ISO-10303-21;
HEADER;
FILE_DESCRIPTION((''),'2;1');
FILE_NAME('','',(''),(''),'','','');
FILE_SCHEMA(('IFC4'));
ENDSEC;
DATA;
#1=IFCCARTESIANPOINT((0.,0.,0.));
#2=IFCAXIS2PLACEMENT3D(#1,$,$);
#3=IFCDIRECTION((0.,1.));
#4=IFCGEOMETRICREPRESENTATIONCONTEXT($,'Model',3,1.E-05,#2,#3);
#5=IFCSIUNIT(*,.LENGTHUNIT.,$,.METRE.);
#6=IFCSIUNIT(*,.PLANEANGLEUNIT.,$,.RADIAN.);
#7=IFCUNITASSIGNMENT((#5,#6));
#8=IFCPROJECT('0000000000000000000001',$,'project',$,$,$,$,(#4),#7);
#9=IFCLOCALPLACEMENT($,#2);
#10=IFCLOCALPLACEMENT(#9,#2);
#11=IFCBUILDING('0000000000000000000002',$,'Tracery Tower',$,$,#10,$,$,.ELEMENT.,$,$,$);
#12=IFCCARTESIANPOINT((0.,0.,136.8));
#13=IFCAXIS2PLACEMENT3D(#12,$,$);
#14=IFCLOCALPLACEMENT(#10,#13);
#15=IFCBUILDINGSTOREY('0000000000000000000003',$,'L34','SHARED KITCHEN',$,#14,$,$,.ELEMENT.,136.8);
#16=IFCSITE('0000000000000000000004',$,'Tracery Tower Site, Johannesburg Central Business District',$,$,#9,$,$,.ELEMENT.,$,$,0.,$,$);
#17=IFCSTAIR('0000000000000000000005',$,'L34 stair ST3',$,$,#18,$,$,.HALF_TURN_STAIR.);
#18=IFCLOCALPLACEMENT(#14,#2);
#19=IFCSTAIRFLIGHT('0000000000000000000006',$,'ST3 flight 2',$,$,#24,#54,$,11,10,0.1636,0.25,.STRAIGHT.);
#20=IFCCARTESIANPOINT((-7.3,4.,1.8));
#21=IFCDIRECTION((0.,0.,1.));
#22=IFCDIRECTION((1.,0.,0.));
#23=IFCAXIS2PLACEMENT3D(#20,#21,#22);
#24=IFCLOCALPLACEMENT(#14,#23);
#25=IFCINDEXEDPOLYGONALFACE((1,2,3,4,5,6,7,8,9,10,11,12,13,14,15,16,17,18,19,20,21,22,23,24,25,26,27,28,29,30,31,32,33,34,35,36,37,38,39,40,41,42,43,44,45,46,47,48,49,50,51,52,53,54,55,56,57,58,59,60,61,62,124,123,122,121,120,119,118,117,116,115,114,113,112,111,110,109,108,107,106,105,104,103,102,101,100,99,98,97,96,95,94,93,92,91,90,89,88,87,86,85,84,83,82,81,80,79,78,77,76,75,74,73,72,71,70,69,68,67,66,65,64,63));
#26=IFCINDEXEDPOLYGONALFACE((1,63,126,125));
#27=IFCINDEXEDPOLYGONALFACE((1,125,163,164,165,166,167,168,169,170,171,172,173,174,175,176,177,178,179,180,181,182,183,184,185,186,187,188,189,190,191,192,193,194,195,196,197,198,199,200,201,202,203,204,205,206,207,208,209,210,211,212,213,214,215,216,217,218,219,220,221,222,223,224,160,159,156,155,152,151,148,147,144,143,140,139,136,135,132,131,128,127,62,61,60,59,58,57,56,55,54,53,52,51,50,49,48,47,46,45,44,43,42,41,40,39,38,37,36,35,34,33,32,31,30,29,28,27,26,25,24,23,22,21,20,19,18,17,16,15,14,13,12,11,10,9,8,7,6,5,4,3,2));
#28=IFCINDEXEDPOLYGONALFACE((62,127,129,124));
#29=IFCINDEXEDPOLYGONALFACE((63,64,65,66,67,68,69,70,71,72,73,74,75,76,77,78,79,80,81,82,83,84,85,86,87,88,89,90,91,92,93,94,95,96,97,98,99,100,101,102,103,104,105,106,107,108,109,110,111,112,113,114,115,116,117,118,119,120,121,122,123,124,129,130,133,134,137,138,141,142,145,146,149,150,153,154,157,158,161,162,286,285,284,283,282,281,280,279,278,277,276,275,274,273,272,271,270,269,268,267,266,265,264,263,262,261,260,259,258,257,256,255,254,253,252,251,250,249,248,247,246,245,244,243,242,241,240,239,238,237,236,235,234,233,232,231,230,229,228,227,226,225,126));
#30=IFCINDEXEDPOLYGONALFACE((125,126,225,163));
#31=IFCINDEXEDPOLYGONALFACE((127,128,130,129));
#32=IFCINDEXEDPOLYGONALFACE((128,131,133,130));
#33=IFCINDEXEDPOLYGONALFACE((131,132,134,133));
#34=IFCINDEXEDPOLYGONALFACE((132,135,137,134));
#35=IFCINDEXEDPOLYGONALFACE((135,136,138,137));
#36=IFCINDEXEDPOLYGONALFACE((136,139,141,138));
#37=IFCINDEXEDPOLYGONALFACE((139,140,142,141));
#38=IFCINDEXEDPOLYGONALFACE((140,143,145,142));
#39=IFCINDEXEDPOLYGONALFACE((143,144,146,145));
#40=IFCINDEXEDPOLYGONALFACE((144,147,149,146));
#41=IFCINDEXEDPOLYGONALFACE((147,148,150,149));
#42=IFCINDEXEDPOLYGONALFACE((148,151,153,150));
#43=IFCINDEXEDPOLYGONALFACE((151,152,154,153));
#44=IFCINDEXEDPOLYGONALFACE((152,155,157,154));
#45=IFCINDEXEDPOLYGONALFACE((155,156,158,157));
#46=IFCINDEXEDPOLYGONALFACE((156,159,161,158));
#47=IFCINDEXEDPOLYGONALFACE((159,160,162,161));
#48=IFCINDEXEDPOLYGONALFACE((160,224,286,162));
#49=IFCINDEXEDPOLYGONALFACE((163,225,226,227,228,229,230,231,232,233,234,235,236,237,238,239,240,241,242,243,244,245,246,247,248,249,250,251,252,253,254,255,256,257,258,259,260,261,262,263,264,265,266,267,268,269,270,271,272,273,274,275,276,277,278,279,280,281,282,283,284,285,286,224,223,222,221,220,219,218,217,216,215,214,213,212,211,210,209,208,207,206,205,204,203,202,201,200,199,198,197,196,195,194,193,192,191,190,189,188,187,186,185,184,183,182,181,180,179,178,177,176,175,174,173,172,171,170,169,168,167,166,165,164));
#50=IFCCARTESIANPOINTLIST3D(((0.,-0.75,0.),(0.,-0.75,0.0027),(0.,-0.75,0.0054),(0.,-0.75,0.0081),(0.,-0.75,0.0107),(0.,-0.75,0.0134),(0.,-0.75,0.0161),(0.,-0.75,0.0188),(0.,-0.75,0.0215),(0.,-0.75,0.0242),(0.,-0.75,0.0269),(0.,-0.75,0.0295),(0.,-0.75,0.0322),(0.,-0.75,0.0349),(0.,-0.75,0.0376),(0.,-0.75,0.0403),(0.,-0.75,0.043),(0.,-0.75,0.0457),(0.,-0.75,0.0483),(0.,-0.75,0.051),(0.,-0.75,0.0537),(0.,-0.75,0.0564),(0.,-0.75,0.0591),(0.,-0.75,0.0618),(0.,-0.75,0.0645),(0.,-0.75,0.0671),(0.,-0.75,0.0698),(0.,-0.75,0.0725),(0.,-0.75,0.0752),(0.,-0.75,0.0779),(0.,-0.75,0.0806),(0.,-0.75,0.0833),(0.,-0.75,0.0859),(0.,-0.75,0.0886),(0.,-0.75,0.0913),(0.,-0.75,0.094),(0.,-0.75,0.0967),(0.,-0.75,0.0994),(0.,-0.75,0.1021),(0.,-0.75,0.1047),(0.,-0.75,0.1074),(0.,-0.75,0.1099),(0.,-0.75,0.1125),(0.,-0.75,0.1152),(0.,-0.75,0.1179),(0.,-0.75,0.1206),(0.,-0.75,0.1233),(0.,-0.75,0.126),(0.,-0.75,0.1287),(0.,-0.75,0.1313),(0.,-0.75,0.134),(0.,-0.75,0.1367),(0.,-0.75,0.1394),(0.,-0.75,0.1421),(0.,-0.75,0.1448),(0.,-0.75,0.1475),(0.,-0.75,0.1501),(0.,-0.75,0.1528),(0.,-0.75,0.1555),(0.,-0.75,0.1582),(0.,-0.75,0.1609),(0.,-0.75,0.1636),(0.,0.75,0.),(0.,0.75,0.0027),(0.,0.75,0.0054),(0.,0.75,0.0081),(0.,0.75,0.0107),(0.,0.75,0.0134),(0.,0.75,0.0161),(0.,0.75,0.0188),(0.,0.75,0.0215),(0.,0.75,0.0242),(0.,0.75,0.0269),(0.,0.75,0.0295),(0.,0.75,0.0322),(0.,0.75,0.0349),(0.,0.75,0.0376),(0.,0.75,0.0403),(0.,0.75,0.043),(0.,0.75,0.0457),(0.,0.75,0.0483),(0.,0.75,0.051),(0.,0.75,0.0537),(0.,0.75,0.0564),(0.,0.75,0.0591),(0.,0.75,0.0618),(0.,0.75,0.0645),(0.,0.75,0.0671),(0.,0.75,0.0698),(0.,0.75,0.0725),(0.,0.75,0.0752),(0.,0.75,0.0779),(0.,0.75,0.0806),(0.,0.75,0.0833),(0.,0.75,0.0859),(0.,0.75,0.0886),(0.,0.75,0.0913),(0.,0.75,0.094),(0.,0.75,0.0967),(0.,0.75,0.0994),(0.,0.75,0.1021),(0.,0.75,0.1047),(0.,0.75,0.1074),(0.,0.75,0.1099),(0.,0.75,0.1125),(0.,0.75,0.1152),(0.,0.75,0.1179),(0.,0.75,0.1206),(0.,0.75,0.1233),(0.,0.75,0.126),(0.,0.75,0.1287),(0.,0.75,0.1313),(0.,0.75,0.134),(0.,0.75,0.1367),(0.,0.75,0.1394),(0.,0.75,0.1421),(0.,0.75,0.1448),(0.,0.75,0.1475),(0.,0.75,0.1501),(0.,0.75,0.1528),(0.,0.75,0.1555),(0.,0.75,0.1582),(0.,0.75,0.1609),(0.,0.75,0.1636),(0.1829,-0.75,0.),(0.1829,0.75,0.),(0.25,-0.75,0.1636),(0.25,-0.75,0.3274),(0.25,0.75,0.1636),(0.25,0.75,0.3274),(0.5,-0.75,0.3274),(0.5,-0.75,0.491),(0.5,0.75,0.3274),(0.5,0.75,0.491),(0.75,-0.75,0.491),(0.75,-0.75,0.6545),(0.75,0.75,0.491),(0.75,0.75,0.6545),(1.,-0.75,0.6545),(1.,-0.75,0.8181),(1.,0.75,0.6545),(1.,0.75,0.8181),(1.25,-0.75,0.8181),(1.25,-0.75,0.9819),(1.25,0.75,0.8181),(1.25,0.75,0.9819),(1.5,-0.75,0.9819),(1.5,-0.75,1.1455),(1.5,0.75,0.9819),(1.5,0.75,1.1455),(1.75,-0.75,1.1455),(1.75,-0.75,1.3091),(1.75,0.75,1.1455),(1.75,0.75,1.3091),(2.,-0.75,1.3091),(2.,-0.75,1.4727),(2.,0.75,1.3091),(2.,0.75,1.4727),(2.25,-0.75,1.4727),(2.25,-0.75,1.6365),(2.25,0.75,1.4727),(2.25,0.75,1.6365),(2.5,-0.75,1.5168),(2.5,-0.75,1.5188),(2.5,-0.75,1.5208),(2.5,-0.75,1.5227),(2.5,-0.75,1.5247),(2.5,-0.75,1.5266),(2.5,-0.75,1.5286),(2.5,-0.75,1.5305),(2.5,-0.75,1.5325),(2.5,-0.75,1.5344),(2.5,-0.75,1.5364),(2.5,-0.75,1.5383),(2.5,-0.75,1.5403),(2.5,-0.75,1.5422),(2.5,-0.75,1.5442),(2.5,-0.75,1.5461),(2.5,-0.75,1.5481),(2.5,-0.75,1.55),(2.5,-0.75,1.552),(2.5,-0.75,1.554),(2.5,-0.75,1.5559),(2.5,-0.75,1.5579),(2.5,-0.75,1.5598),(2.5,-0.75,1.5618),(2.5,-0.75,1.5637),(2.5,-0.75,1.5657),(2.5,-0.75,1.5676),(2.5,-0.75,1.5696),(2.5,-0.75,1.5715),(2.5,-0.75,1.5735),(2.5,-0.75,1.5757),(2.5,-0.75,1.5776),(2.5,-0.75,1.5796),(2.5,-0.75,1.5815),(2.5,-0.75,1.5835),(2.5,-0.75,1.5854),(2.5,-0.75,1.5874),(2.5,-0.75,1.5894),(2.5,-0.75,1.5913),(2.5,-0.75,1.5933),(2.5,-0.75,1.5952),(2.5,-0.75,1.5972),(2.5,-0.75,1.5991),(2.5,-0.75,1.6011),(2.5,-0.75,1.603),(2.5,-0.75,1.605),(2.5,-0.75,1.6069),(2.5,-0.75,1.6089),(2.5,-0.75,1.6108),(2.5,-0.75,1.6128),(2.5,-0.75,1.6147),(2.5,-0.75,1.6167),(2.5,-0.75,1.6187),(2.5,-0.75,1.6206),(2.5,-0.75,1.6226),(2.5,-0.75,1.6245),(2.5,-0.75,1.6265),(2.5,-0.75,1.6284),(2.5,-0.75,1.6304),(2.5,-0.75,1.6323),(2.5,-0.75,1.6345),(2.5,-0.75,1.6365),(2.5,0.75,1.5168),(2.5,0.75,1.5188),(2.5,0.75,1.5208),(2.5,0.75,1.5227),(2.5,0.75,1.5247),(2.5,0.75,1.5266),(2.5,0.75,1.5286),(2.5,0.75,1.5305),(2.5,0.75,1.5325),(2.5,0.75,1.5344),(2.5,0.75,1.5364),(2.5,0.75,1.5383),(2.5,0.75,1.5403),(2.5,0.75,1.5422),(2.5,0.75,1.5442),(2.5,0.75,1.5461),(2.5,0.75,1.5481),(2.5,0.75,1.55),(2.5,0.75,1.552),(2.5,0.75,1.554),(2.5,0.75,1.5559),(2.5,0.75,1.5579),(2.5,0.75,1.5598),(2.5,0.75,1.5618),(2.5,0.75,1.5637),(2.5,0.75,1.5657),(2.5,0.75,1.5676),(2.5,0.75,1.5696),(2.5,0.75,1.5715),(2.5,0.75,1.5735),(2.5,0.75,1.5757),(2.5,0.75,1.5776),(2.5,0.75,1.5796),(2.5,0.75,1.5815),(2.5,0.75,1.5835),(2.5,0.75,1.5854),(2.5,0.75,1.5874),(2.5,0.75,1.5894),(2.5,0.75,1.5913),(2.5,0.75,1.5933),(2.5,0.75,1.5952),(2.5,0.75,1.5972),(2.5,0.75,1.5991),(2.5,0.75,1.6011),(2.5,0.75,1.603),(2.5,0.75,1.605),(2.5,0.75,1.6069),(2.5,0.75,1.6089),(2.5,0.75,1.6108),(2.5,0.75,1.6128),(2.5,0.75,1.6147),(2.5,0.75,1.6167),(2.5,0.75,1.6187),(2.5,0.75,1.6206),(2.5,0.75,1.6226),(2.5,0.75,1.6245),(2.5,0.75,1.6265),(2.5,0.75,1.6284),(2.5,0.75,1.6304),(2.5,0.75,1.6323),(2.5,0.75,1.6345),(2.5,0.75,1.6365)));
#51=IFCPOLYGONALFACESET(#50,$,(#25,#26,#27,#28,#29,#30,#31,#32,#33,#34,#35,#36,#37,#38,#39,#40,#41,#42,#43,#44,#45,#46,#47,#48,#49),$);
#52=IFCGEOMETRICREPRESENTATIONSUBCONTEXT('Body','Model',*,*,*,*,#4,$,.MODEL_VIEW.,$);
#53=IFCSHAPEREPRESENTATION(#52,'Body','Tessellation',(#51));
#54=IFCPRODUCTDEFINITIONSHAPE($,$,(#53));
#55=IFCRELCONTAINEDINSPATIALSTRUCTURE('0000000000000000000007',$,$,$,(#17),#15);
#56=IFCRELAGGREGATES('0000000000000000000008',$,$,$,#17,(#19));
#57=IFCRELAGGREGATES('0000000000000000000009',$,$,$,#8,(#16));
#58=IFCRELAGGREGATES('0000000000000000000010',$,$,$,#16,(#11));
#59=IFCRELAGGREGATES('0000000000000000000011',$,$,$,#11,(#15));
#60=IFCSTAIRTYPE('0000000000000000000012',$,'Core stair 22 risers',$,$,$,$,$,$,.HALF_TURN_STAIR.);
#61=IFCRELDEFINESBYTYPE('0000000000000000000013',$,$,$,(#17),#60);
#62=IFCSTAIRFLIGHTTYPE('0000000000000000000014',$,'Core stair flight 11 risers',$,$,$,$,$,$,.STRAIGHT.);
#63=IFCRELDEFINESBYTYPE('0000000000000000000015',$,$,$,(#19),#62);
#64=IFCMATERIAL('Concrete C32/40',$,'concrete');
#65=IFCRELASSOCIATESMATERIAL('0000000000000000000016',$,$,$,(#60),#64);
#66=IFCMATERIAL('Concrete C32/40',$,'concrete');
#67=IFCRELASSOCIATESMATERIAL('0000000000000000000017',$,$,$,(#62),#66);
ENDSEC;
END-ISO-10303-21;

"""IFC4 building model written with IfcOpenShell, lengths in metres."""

from ifc_helpers import new_model, si_unit, direction, frame, origin, place, context, subcontext, project, spatial, polyline, outline, extrude, material, type_object, element, aggregate, save


model = new_model("IFC4")

# Units and contexts
model_context = context("Model", 3, precision=1e-05, world=origin(), true_north=direction((0.0, 1.0)))
body_context = subcontext(model_context, "Body", "Model", "MODEL_VIEW")
ifc_project = project(units=[si_unit("LENGTHUNIT", "METRE"), si_unit("PLANEANGLEUNIT", "RADIAN")], contexts=[model_context])

# Site, building, storey
site_placement = place(None, origin())
site = spatial("IfcSite", under=ifc_project, at=site_placement, Name="Tracery Tower Site, Johannesburg Central Business District", CompositionType="ELEMENT", RefElevation=0.0)
building_placement = place(site_placement, origin())
building = spatial("IfcBuilding", under=site, at=building_placement, Name="Tracery Tower", CompositionType="ELEMENT")
storey_placement = place(building_placement, frame((0.0, 0.0, 136.8)))
storey = spatial("IfcBuildingStorey", under=building, at=storey_placement, Name="L34", Description="SHARED KITCHEN", CompositionType="ELEMENT", Elevation=136.8)

# Stair, stair flight
ifc_material_1 = material(Name="Concrete C32/40", Category="concrete")
stair_type = type_object("IfcStairType", Name="Core stair 22 risers", PredefinedType="HALF_TURN_STAIR", material=ifc_material_1)
stair_placement = place(storey_placement, origin())
stair = element("IfcStair", 1, at=stair_placement, inside=storey, type_object=stair_type, Name="L34 stair ST3", PredefinedType="HALF_TURN_STAIR")
ifc_material_2 = material(Name="Concrete C32/40", Category="concrete")
stair_flight_type = type_object("IfcStairFlightType", Name="Core stair flight 11 risers", PredefinedType="STRAIGHT", material=ifc_material_2)
stair_flight_1_placement = place(storey_placement, frame((-7.3, 4.0, 1.8), z_axis=(0.0, 0.0, 1.0), x_axis=(1.0, 0.0, 0.0)))
stair_flight_1 = element("IfcStairFlight", 2, at=stair_flight_1_placement, type_object=stair_flight_type, Name="ST3 flight 2", NumberOfRisers=11, NumberOfTreads=10, PredefinedType="STRAIGHT", RiserHeight=0.1636, TreadLength=0.25, context=body_context, shape_type="SweptSolid", body=[
    extrude(outline(polyline([(0.0, 0.0), (0.0, 0.0027), (0.0, 0.0054), (0.0, 0.0081), (0.0, 0.0107), (0.0, 0.0134), (0.0, 0.0161), (0.0, 0.0188), (0.0, 0.0215), (0.0, 0.0242), (0.0, 0.0269), (0.0, 0.0295), (0.0, 0.0322), (0.0, 0.0349), (0.0, 0.0376), (0.0, 0.0403), (0.0, 0.043), (0.0, 0.0457), (0.0, 0.0483), (0.0, 0.051), (0.0, 0.0537), (0.0, 0.0564), (0.0, 0.0591), (0.0, 0.0618), (0.0, 0.0645), (0.0, 0.0671), (0.0, 0.0698), (0.0, 0.0725), (0.0, 0.0752), (0.0, 0.0779), (0.0, 0.0806), (0.0, 0.0833), (0.0, 0.0859), (0.0, 0.0886), (0.0, 0.0913), (0.0, 0.094), (0.0, 0.0967), (0.0, 0.0994), (0.0, 0.1021), (0.0, 0.1047), (0.0, 0.1074), (0.0, 0.1099), (0.0, 0.1125), (0.0, 0.1152), (0.0, 0.1179), (0.0, 0.1206), (0.0, 0.1233), (0.0, 0.126), (0.0, 0.1287), (0.0, 0.1313), (0.0, 0.134), (0.0, 0.1367), (0.0, 0.1394), (0.0, 0.1421), (0.0, 0.1448), (0.0, 0.1475), (0.0, 0.1501), (0.0, 0.1528), (0.0, 0.1555), (0.0, 0.1582), (0.0, 0.1609), (0.0, 0.1636), (0.25, 0.1636), (0.25, 0.3274), (0.5, 0.3274), (0.5, 0.491), (0.75, 0.491), (0.75, 0.6545), (1.0, 0.6545), (1.0, 0.8181), (1.25, 0.8181), (1.25, 0.9819), (1.5, 0.9819), (1.5, 1.1455), (1.75, 1.1455), (1.75, 1.3091), (2.0, 1.3091), (2.0, 1.4727), (2.25, 1.4727), (2.25, 1.6365), (2.5, 1.6365), (2.5, 1.6345), (2.5, 1.6323), (2.5, 1.6304), (2.5, 1.6284), (2.5, 1.6265), (2.5, 1.6245), (2.5, 1.6226), (2.5, 1.6206), (2.5, 1.6187), (2.5, 1.6167), (2.5, 1.6147), (2.5, 1.6128), (2.5, 1.6108), (2.5, 1.6089), (2.5, 1.6069), (2.5, 1.605), (2.5, 1.603), (2.5, 1.6011), (2.5, 1.5991), (2.5, 1.5972), (2.5, 1.5952), (2.5, 1.5933), (2.5, 1.5913), (2.5, 1.5894), (2.5, 1.5874), (2.5, 1.5854), (2.5, 1.5835), (2.5, 1.5815), (2.5, 1.5796), (2.5, 1.5776), (2.5, 1.5757), (2.5, 1.5735), (2.5, 1.5715), (2.5, 1.5696), (2.5, 1.5676), (2.5, 1.5657), (2.5, 1.5637), (2.5, 1.5618), (2.5, 1.5598), (2.5, 1.5579), (2.5, 1.5559), (2.5, 1.554), (2.5, 1.552), (2.5, 1.55), (2.5, 1.5481), (2.5, 1.5461), (2.5, 1.5442), (2.5, 1.5422), (2.5, 1.5403), (2.5, 1.5383), (2.5, 1.5364), (2.5, 1.5344), (2.5, 1.5325), (2.5, 1.5305), (2.5, 1.5286), (2.5, 1.5266), (2.5, 1.5247), (2.5, 1.5227), (2.5, 1.5208), (2.5, 1.5188), (2.5, 1.5168), (0.1829, 0.0), (0.0, 0.0)])), frame((0.0, 0.75, 0.0), z_axis=(0.0, -1.0, 0.0), x_axis=(1.0, 0.0, 0.0)), (0.0, 0.0, 1.0), 1.5),
])
aggregate(stair, [stair_flight_1])

save(model, "model.ifc")
